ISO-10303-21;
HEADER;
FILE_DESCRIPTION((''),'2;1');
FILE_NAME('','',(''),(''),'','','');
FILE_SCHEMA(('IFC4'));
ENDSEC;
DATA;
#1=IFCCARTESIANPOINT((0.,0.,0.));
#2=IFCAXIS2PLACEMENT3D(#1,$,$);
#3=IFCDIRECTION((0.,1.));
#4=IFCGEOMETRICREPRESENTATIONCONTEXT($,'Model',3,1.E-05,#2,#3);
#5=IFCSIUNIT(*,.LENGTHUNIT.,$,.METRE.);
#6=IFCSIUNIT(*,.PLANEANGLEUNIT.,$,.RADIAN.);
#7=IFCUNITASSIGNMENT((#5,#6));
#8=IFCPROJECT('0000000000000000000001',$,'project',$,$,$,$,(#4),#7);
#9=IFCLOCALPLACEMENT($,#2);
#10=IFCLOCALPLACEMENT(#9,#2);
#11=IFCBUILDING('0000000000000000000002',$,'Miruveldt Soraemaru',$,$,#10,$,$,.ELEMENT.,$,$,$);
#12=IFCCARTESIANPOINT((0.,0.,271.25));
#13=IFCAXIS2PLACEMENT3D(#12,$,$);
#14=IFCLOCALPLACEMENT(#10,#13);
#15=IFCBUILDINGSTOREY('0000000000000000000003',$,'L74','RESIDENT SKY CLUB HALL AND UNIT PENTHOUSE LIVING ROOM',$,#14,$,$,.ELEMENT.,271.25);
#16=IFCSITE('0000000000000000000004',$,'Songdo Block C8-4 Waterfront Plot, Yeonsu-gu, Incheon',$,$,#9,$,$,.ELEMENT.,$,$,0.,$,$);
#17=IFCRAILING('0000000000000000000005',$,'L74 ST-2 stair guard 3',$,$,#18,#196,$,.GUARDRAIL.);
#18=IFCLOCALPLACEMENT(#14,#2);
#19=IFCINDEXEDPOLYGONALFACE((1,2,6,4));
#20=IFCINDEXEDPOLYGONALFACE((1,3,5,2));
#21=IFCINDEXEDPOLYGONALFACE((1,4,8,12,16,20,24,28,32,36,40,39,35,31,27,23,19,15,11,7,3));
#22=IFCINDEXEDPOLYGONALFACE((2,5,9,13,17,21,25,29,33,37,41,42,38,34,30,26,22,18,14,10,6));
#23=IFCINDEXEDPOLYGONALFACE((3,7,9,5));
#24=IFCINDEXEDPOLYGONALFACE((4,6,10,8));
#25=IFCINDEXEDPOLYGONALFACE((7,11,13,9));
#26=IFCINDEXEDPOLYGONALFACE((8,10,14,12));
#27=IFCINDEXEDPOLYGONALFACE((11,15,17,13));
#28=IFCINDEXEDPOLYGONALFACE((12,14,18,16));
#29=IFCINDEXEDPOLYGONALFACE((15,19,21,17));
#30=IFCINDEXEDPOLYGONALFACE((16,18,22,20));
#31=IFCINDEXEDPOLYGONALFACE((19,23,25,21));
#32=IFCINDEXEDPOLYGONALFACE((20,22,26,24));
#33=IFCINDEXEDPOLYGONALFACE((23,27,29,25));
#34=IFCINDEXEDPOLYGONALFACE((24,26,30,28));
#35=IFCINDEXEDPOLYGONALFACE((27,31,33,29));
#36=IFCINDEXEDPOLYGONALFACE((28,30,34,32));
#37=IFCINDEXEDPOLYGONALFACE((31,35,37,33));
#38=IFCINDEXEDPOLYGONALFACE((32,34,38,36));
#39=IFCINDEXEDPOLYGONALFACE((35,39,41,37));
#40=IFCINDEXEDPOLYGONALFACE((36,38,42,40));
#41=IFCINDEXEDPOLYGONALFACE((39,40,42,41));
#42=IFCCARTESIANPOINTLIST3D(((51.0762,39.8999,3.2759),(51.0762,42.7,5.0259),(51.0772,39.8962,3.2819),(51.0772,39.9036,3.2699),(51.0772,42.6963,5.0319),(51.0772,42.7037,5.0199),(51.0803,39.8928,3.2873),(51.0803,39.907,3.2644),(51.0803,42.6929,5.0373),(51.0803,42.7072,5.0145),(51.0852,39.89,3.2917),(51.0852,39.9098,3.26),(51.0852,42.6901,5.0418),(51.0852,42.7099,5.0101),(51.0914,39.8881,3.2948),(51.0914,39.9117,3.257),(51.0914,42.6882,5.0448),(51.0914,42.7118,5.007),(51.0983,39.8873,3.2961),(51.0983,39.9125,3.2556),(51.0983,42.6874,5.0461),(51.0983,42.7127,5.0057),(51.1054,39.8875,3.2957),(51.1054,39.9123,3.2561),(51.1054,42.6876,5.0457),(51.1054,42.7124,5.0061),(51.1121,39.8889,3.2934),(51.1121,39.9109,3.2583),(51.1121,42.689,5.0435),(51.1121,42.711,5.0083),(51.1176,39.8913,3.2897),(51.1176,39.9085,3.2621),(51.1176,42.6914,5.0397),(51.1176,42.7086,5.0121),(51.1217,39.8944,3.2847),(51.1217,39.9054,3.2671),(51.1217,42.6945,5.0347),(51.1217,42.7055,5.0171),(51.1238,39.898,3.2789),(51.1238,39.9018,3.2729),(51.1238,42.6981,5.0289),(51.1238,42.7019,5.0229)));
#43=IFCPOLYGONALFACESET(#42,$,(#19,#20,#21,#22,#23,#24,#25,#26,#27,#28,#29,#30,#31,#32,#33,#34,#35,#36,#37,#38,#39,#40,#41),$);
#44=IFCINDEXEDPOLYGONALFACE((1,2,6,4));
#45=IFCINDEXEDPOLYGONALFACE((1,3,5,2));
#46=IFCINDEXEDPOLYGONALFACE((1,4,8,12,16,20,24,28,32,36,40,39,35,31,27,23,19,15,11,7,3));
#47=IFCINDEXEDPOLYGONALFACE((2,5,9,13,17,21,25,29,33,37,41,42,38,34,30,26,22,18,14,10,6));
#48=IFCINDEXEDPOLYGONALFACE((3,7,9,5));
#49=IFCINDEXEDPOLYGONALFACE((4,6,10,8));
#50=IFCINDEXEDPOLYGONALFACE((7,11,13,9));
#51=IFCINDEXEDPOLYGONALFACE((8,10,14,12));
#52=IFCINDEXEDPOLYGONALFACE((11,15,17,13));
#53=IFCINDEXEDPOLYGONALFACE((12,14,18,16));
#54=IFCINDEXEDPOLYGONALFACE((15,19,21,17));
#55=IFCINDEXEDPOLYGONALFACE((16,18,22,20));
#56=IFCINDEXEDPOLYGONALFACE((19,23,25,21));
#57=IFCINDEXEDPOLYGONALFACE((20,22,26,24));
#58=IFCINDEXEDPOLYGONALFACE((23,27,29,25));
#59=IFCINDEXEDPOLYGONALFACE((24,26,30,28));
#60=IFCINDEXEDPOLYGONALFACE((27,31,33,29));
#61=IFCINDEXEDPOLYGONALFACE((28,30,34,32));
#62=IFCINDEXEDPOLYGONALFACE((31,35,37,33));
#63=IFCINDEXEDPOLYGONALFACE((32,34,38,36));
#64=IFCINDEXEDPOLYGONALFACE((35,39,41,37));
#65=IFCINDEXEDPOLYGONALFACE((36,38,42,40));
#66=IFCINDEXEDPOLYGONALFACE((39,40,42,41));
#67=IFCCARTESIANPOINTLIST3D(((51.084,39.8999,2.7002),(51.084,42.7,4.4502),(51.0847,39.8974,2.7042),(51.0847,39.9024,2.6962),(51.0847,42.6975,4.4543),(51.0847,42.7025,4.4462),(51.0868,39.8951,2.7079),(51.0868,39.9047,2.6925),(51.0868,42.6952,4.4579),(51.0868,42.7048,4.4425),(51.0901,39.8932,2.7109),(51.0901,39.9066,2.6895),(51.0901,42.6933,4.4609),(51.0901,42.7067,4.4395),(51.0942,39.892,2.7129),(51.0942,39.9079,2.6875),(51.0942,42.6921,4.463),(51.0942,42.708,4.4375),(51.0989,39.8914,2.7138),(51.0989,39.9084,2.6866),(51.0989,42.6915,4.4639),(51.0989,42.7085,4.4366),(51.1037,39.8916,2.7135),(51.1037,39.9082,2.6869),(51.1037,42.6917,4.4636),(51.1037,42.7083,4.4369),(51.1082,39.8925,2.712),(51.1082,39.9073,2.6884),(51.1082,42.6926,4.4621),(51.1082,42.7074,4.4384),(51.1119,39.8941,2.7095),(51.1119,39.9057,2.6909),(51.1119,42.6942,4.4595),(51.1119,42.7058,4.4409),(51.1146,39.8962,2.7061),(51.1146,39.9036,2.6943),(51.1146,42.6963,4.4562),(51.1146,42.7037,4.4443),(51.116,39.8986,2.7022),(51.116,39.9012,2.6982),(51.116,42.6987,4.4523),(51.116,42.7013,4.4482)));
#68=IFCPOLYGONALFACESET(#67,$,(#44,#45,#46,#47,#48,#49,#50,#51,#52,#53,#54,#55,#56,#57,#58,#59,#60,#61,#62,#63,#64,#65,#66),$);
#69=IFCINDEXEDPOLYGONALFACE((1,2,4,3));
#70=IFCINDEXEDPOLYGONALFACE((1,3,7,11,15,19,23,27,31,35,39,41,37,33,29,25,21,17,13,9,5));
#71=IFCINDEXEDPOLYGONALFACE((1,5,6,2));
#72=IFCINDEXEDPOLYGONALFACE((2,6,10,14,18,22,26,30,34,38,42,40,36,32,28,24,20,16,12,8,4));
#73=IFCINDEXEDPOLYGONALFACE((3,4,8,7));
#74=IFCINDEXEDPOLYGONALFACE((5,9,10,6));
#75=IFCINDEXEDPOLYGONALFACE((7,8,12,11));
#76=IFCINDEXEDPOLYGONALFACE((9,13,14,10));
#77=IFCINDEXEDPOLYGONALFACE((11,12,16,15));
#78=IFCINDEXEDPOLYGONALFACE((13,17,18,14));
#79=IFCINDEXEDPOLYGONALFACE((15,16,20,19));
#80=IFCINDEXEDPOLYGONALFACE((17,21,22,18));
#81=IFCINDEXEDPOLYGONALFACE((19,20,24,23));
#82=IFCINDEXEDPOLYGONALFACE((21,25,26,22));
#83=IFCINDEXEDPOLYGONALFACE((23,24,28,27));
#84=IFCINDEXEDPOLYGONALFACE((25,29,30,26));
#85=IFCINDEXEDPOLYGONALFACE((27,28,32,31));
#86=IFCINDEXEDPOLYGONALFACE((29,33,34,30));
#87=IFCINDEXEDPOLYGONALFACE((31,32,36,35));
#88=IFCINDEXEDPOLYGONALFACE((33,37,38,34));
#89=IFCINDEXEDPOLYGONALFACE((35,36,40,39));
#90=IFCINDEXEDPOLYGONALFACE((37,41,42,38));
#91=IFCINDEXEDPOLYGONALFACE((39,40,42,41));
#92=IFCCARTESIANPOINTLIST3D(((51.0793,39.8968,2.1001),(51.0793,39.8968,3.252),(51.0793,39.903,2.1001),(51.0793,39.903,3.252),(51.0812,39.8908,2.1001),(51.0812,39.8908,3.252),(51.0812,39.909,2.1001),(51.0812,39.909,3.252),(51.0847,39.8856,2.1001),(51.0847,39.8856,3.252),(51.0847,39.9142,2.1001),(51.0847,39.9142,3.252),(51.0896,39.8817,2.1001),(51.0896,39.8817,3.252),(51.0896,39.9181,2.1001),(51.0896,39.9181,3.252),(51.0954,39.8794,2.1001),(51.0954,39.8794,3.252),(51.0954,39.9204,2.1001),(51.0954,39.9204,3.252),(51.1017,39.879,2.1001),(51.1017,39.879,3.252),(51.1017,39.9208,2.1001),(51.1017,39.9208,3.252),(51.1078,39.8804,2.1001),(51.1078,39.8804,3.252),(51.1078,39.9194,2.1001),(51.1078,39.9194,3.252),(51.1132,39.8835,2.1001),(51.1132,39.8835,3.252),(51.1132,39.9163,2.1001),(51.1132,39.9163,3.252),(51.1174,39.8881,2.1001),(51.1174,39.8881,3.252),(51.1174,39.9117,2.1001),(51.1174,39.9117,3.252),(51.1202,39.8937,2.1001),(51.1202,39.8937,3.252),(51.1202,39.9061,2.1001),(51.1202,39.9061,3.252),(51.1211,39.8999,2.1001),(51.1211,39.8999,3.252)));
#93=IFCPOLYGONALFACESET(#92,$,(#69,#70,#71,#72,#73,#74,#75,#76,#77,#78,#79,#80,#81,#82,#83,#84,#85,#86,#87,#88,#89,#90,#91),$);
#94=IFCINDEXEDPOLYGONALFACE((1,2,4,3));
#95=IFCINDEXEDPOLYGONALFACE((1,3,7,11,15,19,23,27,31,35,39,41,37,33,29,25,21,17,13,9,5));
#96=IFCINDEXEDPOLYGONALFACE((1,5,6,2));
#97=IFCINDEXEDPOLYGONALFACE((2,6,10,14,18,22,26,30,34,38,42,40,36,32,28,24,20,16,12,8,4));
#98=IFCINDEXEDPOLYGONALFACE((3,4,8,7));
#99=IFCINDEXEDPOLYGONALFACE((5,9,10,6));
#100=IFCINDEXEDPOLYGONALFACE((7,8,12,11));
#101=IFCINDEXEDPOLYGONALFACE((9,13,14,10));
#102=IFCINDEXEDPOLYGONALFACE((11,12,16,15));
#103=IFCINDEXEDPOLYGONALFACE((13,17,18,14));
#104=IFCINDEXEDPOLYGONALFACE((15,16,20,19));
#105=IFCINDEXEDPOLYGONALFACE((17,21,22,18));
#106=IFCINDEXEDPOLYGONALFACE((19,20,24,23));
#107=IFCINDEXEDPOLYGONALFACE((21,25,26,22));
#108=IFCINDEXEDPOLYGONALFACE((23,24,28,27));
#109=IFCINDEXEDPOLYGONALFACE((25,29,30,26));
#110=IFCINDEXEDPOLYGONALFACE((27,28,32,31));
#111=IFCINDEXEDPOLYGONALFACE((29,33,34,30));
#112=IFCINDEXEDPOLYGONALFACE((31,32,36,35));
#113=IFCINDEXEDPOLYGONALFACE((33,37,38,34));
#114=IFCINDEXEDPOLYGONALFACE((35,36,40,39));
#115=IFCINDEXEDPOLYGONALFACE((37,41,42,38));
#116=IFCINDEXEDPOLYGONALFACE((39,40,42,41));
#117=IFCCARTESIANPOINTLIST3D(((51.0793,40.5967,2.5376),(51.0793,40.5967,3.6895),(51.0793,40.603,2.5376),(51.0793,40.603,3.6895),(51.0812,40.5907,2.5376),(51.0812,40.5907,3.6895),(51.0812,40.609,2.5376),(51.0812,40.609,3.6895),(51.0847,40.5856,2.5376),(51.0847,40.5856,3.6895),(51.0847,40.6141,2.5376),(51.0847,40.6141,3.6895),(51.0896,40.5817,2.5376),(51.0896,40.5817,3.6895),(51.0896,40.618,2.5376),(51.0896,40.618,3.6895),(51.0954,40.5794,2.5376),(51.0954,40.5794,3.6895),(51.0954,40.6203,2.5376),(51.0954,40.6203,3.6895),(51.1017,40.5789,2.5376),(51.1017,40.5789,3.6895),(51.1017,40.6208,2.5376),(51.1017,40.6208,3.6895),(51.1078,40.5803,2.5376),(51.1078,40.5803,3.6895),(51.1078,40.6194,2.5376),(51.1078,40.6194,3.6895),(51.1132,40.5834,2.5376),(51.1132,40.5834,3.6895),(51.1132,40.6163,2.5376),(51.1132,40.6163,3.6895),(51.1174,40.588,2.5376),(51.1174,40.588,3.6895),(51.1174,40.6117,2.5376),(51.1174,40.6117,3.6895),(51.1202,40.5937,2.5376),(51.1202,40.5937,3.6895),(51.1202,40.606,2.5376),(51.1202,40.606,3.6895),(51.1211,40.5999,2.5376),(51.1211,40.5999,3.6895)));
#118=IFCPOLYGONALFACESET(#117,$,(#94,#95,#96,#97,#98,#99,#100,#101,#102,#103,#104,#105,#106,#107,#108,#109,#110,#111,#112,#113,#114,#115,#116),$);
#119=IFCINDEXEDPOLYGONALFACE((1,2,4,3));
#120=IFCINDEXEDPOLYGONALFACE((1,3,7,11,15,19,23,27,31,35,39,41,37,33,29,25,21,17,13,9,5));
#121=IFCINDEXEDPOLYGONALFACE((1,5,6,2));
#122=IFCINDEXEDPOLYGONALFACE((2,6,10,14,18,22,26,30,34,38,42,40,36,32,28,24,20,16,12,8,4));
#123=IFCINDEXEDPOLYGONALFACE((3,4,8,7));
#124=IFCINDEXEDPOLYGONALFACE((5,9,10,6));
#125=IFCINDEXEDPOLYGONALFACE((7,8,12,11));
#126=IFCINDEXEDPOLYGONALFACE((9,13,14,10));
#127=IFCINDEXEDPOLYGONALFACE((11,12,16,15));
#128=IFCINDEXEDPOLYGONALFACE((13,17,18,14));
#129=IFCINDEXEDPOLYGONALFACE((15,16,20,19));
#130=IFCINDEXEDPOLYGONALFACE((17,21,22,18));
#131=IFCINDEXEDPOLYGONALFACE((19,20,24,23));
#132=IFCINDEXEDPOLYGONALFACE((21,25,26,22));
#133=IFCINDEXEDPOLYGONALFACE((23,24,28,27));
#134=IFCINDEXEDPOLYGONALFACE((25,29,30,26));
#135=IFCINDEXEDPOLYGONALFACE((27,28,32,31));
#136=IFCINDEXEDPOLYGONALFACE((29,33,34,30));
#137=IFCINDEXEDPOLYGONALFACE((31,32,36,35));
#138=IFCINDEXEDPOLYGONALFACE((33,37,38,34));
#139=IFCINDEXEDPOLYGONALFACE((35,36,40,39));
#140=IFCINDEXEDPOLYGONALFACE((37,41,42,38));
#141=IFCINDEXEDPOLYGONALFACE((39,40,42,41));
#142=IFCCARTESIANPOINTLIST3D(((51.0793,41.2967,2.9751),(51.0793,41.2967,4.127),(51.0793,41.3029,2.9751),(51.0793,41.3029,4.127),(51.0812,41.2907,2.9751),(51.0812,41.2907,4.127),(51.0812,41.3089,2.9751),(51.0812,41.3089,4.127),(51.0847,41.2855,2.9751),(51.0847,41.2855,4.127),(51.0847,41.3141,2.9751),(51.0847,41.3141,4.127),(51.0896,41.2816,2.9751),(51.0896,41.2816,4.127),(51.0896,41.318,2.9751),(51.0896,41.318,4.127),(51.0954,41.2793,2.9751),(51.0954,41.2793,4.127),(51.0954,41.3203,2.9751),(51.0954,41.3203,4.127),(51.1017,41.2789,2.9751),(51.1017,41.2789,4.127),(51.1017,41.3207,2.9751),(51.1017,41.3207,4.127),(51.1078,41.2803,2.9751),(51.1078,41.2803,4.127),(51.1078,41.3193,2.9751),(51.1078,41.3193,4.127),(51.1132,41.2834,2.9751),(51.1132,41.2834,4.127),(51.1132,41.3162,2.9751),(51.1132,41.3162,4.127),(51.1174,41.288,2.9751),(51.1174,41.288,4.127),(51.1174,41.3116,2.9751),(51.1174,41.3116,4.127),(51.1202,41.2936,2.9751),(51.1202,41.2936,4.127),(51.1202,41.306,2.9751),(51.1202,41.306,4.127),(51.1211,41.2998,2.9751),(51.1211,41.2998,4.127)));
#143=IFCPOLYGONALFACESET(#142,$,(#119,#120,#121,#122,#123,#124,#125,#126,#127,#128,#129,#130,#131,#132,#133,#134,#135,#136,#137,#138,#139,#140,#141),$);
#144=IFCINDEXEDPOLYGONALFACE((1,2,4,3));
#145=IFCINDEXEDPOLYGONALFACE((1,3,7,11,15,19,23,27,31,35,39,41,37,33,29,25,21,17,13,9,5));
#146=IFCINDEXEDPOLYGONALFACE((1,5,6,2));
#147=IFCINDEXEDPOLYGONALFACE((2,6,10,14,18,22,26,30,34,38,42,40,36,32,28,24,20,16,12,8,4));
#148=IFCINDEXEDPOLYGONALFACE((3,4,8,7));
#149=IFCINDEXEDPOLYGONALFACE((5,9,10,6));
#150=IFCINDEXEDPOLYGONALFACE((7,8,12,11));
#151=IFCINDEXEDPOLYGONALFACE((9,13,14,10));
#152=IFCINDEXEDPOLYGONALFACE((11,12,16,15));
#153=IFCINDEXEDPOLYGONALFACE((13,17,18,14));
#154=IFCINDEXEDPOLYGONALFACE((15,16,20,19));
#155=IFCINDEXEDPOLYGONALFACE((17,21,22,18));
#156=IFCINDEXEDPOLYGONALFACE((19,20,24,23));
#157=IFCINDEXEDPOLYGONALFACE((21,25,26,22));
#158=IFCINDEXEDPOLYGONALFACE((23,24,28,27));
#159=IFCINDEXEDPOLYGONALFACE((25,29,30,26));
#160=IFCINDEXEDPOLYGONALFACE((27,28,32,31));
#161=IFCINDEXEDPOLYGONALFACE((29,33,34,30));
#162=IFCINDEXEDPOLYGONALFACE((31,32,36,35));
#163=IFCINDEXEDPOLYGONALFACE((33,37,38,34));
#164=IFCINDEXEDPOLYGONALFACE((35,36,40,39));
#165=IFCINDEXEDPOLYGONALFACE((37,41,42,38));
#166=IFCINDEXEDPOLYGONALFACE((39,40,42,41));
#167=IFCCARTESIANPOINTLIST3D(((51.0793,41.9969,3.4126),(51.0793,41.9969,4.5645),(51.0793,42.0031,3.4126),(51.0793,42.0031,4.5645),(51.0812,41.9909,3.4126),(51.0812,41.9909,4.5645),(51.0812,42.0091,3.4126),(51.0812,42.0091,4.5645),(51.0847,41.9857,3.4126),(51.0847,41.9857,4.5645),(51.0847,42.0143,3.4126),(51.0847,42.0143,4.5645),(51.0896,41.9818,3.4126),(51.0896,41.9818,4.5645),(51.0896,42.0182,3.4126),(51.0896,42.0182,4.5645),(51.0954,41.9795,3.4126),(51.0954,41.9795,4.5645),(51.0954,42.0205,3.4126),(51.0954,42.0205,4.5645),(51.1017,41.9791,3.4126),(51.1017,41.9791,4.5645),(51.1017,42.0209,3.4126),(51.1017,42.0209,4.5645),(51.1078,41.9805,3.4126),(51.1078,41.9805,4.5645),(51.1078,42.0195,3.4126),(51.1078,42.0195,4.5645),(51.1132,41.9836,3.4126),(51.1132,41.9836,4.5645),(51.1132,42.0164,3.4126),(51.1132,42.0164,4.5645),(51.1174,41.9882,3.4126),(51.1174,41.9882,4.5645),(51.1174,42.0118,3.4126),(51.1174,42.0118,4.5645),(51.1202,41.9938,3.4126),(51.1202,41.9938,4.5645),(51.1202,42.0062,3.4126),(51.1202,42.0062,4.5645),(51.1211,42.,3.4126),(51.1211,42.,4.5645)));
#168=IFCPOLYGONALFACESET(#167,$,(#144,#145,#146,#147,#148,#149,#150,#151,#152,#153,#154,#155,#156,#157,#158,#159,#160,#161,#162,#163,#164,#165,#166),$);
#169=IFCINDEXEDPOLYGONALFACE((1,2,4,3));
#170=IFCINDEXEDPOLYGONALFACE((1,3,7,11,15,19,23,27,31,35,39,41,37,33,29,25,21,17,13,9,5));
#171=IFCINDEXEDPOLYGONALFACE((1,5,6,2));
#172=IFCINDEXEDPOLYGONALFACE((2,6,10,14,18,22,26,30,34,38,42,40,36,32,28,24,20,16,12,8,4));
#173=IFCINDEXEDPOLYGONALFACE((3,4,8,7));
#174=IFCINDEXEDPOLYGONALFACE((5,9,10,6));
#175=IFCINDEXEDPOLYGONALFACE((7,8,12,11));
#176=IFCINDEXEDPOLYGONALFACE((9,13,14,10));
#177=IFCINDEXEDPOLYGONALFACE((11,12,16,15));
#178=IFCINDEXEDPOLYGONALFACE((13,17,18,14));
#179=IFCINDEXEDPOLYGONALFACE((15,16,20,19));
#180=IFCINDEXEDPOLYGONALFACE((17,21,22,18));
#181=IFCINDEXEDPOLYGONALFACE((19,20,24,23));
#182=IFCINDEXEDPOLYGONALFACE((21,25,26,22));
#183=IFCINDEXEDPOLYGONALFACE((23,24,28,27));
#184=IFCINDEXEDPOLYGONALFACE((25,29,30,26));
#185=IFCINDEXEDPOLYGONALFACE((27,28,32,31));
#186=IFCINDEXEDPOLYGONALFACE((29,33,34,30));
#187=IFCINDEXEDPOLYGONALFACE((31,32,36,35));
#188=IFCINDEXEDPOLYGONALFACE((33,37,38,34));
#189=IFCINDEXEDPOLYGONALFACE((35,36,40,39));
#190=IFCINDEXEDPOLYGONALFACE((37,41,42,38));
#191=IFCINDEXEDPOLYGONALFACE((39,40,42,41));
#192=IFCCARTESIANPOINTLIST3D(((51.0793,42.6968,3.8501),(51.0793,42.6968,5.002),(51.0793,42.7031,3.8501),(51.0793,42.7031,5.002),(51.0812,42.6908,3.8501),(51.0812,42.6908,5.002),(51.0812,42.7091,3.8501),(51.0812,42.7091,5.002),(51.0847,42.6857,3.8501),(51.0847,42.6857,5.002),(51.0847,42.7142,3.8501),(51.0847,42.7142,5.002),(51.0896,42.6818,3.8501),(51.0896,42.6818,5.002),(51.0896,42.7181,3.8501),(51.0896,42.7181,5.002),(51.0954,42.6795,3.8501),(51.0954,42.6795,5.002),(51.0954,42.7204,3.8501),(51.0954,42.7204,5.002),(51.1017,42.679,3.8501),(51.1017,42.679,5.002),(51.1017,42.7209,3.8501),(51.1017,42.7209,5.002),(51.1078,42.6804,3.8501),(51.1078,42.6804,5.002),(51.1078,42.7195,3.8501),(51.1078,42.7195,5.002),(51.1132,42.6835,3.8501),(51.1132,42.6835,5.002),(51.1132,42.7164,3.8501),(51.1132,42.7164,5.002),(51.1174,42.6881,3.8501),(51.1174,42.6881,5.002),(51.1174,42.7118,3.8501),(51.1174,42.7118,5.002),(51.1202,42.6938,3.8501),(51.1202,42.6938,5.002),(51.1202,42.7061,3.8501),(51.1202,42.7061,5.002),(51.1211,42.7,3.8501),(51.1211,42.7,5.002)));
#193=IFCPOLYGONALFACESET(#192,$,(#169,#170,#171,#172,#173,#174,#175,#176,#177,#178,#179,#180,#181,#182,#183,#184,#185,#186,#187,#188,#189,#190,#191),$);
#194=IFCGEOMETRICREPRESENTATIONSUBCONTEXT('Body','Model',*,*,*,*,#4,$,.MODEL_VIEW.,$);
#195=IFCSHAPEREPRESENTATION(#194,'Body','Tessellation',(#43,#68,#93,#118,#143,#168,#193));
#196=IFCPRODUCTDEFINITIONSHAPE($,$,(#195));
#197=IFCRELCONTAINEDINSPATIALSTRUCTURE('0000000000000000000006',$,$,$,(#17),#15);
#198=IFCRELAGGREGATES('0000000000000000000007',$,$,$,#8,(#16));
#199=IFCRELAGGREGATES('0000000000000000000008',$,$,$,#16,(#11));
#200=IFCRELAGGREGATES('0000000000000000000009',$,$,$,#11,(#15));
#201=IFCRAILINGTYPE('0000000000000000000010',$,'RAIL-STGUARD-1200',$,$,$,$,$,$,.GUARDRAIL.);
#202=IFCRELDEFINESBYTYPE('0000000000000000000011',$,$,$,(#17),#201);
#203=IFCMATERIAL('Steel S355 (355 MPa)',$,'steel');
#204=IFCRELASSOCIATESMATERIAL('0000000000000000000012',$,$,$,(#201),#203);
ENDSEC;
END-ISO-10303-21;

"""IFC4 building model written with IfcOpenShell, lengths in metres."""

from ifc_helpers import new_model, si_unit, direction, frame, origin, origin_2d, place, context, subcontext, project, spatial, circle, extrude, material, type_object, element, save


model = new_model("IFC4")

# Units and contexts
model_context = context("Model", 3, precision=1e-05, world=origin(), true_north=direction((0.0, 1.0)))
body_context = subcontext(model_context, "Body", "Model", "MODEL_VIEW")
ifc_project = project(units=[si_unit("LENGTHUNIT", "METRE"), si_unit("PLANEANGLEUNIT", "RADIAN")], contexts=[model_context])

# Site, building, storey
site_placement = place(None, origin())
site = spatial("IfcSite", under=ifc_project, at=site_placement, Name="Songdo Block C8-4 Waterfront Plot, Yeonsu-gu, Incheon", CompositionType="ELEMENT", RefElevation=0.0)
building_placement = place(site_placement, origin())
building = spatial("IfcBuilding", under=site, at=building_placement, Name="Miruveldt Soraemaru", CompositionType="ELEMENT")
storey_placement = place(building_placement, frame((0.0, 0.0, 271.25)))
storey = spatial("IfcBuildingStorey", under=building, at=storey_placement, Name="L74", Description="RESIDENT SKY CLUB HALL AND UNIT PENTHOUSE LIVING ROOM", CompositionType="ELEMENT", Elevation=271.25)

# Railing
ifc_material_1 = material(Name="Steel S355 (355 MPa)", Category="steel")
railing_type_1 = type_object("IfcRailingType", Name="RAIL-STGUARD-1200", PredefinedType="GUARDRAIL", material=ifc_material_1)
railing_1_placement = place(storey_placement, frame((51.1001, 39.8999, 2.1001)))
element("IfcRailing", 1, at=railing_1_placement, inside=storey, type_object=railing_type_1, Name="L74 ST-2 stair guard 3", PredefinedType="GUARDRAIL", context=body_context, shape_type="SweptSolid", body=[
    extrude(circle(Radius=0.0239, at=origin_2d()), frame((0.0, 0.0, 1.1758), z_axis=(0.0, 0.848002, 0.529992), x_axis=(-1.0, 0.0, 0.0)), (0.0, 0.0, 1.0), 3.302),
    extrude(circle(Radius=0.0161, at=origin_2d()), frame((0.0, 0.0, 0.6001), z_axis=(0.0, 0.848002, 0.529992), x_axis=(-1.0, 0.0, 0.0)), (0.0, 0.0, 1.0), 3.302),
    extrude(circle(Radius=0.021, at=origin_2d()), origin(), (0.0, 0.0, 1.0), 1.1519),
    extrude(circle(Radius=0.021, at=origin_2d()), frame((0.0, 0.7, 0.4375)), (0.0, 0.0, 1.0), 1.1519),
    extrude(circle(Radius=0.021, at=origin_2d()), frame((0.0, 1.3999, 0.875)), (0.0, 0.0, 1.0), 1.1519),
    extrude(circle(Radius=0.021, at=origin_2d()), frame((0.0, 2.1001, 1.3125)), (0.0, 0.0, 1.0), 1.1519),
    extrude(circle(Radius=0.021, at=origin_2d()), frame((0.0, 2.8, 1.75)), (0.0, 0.0, 1.0), 1.1519),
])

save(model, "model.ifc")
